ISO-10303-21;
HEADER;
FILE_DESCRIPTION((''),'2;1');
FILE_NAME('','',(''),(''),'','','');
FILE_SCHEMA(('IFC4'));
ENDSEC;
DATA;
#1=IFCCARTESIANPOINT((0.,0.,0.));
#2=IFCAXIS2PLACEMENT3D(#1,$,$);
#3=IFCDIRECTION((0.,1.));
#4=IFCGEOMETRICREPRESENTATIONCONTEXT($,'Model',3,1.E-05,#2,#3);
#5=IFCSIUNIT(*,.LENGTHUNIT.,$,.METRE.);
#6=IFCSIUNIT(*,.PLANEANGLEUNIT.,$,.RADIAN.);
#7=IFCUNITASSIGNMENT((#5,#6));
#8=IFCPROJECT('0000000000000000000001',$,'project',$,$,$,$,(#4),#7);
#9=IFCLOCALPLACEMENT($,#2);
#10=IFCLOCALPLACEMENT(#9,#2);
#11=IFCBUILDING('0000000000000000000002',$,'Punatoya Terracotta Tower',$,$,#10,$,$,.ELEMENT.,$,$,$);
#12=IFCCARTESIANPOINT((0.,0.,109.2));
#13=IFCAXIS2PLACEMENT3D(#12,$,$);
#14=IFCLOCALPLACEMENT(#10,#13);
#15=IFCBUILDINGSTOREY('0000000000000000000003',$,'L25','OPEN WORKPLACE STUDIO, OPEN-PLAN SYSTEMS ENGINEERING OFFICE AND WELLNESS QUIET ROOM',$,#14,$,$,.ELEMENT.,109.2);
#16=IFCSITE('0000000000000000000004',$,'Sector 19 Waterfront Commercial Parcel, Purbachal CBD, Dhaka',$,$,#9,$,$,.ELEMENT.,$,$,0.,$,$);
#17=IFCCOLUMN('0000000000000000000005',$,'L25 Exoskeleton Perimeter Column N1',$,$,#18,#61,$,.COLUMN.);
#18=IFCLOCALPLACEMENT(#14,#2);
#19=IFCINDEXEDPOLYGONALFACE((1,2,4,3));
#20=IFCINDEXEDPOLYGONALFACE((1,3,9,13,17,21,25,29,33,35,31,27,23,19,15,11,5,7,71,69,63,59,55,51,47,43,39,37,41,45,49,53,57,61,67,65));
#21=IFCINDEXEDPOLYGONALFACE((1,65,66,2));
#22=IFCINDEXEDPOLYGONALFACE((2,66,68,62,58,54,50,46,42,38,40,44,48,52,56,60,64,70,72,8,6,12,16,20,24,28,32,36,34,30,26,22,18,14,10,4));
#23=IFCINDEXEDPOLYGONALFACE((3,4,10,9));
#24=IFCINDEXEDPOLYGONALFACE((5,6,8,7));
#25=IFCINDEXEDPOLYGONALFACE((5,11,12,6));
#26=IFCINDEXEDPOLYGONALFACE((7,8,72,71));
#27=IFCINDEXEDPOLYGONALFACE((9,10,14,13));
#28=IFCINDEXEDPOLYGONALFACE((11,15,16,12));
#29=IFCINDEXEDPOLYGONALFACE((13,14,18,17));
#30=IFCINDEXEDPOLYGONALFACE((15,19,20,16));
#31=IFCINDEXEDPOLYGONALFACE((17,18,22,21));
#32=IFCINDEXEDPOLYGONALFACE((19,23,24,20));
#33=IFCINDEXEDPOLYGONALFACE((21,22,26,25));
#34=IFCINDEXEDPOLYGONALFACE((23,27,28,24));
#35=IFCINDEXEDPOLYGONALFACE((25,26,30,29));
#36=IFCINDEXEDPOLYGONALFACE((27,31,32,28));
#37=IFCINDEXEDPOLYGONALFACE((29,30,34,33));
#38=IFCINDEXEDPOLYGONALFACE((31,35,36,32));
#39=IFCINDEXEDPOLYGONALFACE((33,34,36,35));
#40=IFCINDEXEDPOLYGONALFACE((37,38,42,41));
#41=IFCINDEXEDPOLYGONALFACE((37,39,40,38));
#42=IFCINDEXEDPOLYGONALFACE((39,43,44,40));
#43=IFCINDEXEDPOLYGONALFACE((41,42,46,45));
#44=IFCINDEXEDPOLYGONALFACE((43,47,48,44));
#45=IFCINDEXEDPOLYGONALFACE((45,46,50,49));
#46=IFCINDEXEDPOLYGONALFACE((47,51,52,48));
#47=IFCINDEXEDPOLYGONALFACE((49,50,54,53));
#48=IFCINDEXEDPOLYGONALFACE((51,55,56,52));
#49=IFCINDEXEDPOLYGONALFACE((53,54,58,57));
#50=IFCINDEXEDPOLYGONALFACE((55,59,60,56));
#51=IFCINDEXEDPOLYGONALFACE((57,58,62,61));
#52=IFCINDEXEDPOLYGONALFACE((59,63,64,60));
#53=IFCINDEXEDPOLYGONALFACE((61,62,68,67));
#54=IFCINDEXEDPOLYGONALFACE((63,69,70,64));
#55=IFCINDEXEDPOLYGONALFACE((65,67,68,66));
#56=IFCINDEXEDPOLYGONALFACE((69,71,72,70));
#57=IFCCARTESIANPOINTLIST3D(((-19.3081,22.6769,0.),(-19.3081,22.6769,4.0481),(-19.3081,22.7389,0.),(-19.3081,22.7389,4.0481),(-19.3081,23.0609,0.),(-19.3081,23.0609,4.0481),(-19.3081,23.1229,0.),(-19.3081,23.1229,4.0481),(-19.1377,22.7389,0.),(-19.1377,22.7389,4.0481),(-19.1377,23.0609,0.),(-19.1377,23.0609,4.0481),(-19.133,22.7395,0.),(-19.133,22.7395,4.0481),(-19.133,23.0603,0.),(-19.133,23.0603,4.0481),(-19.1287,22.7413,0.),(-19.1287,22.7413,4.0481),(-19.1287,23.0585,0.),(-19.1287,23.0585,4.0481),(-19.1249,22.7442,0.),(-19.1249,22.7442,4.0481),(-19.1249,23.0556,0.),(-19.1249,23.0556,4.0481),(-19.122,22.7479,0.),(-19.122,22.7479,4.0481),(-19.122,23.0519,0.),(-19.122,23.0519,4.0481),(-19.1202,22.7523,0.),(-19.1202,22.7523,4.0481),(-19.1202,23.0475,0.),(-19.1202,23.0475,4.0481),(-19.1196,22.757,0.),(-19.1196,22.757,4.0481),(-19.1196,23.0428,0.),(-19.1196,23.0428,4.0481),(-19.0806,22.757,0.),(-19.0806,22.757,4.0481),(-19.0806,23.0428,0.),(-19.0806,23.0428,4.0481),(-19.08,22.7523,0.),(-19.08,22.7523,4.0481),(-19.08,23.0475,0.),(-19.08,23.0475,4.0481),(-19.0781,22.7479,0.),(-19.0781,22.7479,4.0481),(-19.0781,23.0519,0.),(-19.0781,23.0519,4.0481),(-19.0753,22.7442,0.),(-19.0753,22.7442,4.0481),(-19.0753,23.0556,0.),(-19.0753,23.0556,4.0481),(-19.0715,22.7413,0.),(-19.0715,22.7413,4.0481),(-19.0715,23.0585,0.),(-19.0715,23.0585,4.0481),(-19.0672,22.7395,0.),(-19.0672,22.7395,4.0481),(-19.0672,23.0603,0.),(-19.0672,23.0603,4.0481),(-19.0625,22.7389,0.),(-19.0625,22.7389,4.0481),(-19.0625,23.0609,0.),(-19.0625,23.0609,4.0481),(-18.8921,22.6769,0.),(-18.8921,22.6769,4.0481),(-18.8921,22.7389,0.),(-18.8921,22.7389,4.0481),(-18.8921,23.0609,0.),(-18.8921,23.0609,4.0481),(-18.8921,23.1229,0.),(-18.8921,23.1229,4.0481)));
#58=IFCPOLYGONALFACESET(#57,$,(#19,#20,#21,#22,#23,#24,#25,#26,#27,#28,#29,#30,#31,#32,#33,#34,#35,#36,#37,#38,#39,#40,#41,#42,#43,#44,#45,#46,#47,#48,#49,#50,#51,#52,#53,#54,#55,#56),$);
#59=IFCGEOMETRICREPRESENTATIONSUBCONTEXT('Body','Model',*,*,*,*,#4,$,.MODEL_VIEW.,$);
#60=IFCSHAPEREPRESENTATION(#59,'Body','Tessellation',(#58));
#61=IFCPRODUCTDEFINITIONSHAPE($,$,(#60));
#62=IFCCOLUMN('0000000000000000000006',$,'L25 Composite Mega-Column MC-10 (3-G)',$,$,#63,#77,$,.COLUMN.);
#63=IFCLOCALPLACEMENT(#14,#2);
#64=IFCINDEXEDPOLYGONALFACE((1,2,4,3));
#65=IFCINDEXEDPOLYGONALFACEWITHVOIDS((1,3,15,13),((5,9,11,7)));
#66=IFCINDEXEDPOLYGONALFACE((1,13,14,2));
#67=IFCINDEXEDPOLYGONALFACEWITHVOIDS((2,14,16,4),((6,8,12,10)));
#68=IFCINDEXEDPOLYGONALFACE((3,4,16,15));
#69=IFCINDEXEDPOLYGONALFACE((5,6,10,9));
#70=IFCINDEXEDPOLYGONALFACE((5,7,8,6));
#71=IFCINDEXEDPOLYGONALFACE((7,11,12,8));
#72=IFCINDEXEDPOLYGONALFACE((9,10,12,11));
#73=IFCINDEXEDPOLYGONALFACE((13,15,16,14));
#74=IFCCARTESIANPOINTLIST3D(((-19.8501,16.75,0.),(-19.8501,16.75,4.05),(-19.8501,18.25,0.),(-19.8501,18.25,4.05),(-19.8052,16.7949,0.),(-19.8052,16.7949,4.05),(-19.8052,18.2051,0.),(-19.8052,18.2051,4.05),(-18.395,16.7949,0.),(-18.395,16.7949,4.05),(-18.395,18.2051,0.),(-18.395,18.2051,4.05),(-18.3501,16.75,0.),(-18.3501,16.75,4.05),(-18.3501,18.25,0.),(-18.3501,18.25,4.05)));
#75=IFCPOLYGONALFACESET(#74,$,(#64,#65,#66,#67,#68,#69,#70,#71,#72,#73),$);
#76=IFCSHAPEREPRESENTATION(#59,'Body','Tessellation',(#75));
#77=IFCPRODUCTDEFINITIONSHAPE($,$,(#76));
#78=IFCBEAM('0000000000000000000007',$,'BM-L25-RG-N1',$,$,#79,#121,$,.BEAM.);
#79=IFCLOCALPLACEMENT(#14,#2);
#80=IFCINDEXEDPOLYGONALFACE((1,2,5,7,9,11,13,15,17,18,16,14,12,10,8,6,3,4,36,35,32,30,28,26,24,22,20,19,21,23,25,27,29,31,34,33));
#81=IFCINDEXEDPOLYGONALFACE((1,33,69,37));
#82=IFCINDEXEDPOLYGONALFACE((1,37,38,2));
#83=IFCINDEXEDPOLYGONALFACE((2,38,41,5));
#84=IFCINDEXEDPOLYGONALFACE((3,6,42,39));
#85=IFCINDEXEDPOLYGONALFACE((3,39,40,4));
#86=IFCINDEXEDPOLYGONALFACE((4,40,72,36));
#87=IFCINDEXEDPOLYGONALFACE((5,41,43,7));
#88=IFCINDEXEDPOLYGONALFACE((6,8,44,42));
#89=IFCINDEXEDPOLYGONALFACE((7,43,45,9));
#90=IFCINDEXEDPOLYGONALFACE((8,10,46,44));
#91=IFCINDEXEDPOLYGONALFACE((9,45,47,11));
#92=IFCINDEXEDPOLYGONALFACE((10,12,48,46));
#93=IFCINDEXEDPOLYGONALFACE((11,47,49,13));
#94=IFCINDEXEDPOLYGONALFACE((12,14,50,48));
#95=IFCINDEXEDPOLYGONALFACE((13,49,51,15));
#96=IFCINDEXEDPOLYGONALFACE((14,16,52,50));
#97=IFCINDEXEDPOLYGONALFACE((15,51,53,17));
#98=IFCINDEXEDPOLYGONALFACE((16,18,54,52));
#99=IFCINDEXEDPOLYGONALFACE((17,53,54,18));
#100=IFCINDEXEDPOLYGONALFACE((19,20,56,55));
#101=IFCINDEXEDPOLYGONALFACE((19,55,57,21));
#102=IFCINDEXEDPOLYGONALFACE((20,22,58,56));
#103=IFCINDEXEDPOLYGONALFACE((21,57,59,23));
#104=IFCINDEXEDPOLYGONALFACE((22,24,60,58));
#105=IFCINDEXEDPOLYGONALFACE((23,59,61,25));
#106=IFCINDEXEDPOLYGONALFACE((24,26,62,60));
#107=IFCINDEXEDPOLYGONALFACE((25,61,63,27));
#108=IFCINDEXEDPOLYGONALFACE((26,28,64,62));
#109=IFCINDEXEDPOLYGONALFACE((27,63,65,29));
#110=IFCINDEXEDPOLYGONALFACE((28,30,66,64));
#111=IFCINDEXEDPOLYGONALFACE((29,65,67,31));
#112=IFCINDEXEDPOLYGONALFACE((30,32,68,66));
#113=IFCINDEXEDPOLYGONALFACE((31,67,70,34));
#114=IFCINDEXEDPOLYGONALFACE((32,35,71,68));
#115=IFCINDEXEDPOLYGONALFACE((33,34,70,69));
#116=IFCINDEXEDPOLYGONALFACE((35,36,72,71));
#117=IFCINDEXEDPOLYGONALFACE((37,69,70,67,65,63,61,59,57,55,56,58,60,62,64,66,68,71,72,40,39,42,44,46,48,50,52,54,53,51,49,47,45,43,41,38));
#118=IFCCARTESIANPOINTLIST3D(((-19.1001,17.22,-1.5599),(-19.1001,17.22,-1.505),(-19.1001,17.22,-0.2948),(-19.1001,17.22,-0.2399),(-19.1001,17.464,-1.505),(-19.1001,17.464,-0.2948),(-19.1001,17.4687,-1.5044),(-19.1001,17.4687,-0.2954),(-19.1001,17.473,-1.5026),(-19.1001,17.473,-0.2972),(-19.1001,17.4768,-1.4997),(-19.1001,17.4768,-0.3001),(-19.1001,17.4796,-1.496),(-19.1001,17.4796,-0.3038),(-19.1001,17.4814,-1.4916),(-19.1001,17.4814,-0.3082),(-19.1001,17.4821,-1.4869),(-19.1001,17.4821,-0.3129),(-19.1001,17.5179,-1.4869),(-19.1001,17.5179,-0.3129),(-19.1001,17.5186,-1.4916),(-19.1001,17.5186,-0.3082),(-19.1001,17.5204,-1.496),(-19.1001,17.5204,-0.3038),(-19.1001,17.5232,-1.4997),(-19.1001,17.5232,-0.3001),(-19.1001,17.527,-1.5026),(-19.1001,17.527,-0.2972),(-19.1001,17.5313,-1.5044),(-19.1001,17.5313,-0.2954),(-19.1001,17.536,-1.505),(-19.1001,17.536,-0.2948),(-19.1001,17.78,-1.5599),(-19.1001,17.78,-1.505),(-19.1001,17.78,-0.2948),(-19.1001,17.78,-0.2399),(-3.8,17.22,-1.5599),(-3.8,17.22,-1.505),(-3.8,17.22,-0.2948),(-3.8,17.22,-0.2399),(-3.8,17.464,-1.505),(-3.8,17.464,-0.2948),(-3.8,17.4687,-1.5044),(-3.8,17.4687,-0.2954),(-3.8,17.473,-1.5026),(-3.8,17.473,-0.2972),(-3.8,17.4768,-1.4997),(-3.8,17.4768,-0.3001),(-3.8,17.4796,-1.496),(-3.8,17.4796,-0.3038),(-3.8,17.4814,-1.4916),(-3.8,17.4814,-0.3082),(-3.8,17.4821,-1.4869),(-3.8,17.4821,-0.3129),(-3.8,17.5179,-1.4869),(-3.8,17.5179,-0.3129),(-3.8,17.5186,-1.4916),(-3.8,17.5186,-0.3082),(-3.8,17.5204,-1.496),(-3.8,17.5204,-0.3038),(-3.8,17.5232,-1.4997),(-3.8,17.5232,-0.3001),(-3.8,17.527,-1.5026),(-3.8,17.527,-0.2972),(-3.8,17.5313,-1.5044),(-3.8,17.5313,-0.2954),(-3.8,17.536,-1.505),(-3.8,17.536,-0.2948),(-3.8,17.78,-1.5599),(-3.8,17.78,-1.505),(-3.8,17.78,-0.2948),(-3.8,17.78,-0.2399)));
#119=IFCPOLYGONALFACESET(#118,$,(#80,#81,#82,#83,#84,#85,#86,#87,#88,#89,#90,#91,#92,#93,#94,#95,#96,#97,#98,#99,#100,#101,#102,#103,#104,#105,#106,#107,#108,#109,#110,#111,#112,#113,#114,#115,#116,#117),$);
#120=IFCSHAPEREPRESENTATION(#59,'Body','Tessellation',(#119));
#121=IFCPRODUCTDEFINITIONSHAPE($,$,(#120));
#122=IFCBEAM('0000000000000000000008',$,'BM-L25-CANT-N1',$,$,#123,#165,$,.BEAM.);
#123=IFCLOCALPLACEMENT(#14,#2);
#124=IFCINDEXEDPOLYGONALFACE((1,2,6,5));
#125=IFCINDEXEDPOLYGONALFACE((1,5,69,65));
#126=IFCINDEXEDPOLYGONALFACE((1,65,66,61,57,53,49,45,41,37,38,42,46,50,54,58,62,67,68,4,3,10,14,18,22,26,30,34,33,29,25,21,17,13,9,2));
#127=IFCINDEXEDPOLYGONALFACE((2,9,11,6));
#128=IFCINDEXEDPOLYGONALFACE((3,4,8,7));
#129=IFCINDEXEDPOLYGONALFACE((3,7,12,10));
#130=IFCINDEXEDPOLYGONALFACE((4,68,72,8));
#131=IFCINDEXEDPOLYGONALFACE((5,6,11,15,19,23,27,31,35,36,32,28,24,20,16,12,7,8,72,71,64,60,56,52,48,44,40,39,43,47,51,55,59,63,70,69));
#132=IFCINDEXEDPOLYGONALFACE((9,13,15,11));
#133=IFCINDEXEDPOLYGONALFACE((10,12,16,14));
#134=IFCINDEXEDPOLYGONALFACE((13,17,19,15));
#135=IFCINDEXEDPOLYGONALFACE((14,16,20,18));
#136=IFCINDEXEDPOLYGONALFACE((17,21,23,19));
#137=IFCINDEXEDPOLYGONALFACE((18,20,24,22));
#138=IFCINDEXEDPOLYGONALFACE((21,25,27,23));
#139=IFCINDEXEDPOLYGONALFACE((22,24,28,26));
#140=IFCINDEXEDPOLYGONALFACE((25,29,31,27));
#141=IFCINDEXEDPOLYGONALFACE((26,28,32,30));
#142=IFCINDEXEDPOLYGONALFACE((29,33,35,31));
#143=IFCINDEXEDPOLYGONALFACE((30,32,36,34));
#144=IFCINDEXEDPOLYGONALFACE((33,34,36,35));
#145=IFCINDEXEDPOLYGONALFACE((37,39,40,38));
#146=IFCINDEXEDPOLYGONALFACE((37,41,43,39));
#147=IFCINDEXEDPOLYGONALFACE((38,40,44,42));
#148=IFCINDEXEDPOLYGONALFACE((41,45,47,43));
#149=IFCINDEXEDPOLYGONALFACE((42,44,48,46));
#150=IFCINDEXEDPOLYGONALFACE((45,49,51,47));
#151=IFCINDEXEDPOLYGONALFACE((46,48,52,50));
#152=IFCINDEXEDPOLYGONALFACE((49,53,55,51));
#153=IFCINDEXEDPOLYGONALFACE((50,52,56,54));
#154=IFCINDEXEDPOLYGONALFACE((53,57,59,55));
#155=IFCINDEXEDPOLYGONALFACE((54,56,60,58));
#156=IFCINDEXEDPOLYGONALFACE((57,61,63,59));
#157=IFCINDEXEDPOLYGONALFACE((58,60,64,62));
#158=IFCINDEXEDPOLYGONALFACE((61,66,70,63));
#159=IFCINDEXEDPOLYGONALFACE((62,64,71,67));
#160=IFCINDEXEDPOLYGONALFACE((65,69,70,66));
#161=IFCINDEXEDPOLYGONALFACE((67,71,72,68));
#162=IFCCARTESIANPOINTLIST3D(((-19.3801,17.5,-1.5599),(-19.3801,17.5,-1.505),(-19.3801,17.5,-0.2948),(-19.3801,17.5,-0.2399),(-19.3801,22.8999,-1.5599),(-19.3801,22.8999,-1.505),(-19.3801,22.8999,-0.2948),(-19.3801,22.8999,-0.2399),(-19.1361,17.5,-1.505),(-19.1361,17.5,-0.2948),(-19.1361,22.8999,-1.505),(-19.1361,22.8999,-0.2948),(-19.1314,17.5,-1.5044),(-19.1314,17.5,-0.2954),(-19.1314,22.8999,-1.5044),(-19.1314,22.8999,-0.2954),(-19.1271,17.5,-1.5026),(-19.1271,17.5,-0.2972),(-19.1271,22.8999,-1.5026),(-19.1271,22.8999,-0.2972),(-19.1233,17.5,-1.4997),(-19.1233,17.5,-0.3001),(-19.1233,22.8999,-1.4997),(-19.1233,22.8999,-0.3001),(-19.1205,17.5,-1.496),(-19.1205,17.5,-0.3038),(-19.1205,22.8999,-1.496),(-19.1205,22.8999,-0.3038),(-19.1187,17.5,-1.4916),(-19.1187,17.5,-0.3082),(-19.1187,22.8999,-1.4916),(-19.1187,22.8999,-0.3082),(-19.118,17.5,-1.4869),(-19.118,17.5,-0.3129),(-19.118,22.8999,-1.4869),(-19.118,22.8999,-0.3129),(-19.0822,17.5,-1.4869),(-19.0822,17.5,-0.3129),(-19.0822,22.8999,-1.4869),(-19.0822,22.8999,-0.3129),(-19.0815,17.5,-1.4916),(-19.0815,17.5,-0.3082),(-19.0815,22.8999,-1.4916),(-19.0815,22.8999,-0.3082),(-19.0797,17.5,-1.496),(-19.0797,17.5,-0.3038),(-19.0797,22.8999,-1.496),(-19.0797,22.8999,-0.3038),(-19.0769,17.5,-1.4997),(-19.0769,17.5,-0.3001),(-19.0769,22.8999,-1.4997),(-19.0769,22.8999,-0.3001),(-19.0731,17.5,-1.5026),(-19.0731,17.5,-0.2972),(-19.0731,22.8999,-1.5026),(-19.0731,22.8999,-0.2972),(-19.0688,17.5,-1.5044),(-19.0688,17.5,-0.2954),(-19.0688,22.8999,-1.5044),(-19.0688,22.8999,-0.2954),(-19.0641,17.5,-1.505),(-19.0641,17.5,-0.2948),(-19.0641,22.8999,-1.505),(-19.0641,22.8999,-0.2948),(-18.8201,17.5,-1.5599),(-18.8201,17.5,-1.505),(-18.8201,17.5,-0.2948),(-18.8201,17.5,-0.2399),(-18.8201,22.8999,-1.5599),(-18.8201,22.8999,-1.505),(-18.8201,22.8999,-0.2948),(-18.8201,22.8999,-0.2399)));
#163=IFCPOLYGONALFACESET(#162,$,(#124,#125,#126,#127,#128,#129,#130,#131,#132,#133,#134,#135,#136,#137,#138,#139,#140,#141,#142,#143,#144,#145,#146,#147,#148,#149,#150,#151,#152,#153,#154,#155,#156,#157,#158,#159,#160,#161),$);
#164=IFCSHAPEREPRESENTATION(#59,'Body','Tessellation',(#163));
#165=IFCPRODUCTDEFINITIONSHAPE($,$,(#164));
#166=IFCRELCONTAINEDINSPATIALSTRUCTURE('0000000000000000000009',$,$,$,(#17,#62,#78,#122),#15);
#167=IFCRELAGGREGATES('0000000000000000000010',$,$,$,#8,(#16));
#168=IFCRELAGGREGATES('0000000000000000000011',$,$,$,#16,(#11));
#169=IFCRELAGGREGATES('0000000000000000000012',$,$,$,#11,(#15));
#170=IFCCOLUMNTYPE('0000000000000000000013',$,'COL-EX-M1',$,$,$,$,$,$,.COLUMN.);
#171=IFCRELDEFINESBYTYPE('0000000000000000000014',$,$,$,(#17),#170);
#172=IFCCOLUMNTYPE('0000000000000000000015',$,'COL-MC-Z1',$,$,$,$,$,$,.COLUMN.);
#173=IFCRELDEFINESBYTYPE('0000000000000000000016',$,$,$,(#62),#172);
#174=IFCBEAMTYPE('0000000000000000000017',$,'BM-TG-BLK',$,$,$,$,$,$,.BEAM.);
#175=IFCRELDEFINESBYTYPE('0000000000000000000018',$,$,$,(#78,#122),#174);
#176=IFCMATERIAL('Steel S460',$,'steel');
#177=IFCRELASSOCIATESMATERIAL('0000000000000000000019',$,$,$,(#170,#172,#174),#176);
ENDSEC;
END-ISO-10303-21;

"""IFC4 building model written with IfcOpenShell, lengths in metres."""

from ifc_helpers import new_model, si_unit, direction, frame, origin, origin_2d, place, context, subcontext, project, spatial, hollow_rectangle, i_section, extrude, material, material_profile, profile_set, type_object, element, save


model = new_model("IFC4")

# Units and contexts
model_context = context("Model", 3, precision=1e-05, world=origin(), true_north=direction((0.0, 1.0)))
body_context = subcontext(model_context, "Body", "Model", "MODEL_VIEW")
ifc_project = project(units=[si_unit("LENGTHUNIT", "METRE"), si_unit("PLANEANGLEUNIT", "RADIAN")], contexts=[model_context])

# Site, building, storey
site_placement = place(None, origin())
site = spatial("IfcSite", under=ifc_project, at=site_placement, Name="Sector 19 Waterfront Commercial Parcel, Purbachal CBD, Dhaka", CompositionType="ELEMENT", RefElevation=0.0)
building_placement = place(site_placement, origin())
building = spatial("IfcBuilding", under=site, at=building_placement, Name="Punatoya Terracotta Tower", CompositionType="ELEMENT")
storey_placement = place(building_placement, frame((0.0, 0.0, 109.2)))
storey = spatial("IfcBuildingStorey", under=building, at=storey_placement, Name="L25", Description="OPEN WORKPLACE STUDIO, OPEN-PLAN SYSTEMS ENGINEERING OFFICE AND WELLNESS QUIET ROOM", CompositionType="ELEMENT", Elevation=109.2)

# Columns
ifc_material_1 = material(Name="Steel S460", Category="steel")
ifc_material_profile_1 = material_profile(ifc_material_1, i_section(OverallWidth=0.416, OverallDepth=0.446, WebThickness=0.0391, FlangeThickness=0.062, FilletRadius=0.0181, at=origin_2d()))
ifc_profile_set_1 = profile_set([ifc_material_profile_1], Name="Steel S460")
column_type_1 = type_object("IfcColumnType", Name="COL-EX-M1", PredefinedType="COLUMN", material=ifc_profile_set_1)
column_1_placement = place(storey_placement, frame((-19.1001, 22.8999, 0.0), z_axis=(0.0, 0.0, 1.0), x_axis=(1.0, 0.0, 0.0)))
element("IfcColumn", 1, at=column_1_placement, inside=storey, type_object=column_type_1, Name="L25 Exoskeleton Perimeter Column N1", PredefinedType="COLUMN", context=body_context, shape_type="SweptSolid", body=[
    extrude(i_section(OverallWidth=0.416, OverallDepth=0.446, WebThickness=0.0391, FlangeThickness=0.062, FilletRadius=0.0181, at=origin_2d()), origin(), (0.0, 0.0, 1.0), 4.0481),
])
ifc_material_profile_2 = material_profile(ifc_material_1, hollow_rectangle(XDim=1.5, YDim=1.5, WallThickness=0.0449, at=origin_2d()))
ifc_profile_set_2 = profile_set([ifc_material_profile_2], Name="Steel S460")
column_type_2 = type_object("IfcColumnType", Name="COL-MC-Z1", PredefinedType="COLUMN", material=ifc_profile_set_2)
column_2_placement = place(storey_placement, frame((-19.1001, 17.5, 0.0), z_axis=(0.0, 0.0, 1.0), x_axis=(1.0, 0.0, 0.0)))
element("IfcColumn", 2, at=column_2_placement, inside=storey, type_object=column_type_2, Name="L25 Composite Mega-Column MC-10 (3-G)", PredefinedType="COLUMN", context=body_context, shape_type="SweptSolid", body=[
    extrude(hollow_rectangle(XDim=1.5, YDim=1.5, WallThickness=0.0449, at=origin_2d()), origin(), (0.0, 0.0, 1.0), 4.05),
])

# Beams
ifc_material_profile_3 = material_profile(ifc_material_1, i_section(OverallWidth=0.5601, OverallDepth=1.3201, WebThickness=0.0359, FlangeThickness=0.0549, FilletRadius=0.0181, at=origin_2d()))
ifc_profile_set_3 = profile_set([ifc_material_profile_3], Name="Steel S460")
beam_type = type_object("IfcBeamType", Name="BM-TG-BLK", PredefinedType="BEAM", material=ifc_profile_set_3)
beam_1_placement = place(storey_placement, frame((-19.1001, 17.5, -0.8999), z_axis=(1.0, 0.0, 0.0), x_axis=(0.0, 1.0, 0.0)))
element("IfcBeam", 3, at=beam_1_placement, inside=storey, type_object=beam_type, Name="BM-L25-RG-N1", PredefinedType="BEAM", context=body_context, shape_type="SweptSolid", body=[
    extrude(i_section(OverallWidth=0.5601, OverallDepth=1.3201, WebThickness=0.0359, FlangeThickness=0.0549, FilletRadius=0.0181, at=origin_2d()), origin(), (0.0, 0.0, 1.0), 15.3),
])
beam_2_placement = place(storey_placement, frame((-19.1001, 17.5, -0.8999), z_axis=(0.0, 1.0, 0.0), x_axis=(-1.0, 0.0, 0.0)))
element("IfcBeam", 4, at=beam_2_placement, inside=storey, type_object=beam_type, Name="BM-L25-CANT-N1", PredefinedType="BEAM", context=body_context, shape_type="SweptSolid", body=[
    extrude(i_section(OverallWidth=0.5601, OverallDepth=1.3201, WebThickness=0.0359, FlangeThickness=0.0549, FilletRadius=0.0181, at=origin_2d()), origin(), (0.0, 0.0, 1.0), 5.3999),
])

save(model, "model.ifc")
